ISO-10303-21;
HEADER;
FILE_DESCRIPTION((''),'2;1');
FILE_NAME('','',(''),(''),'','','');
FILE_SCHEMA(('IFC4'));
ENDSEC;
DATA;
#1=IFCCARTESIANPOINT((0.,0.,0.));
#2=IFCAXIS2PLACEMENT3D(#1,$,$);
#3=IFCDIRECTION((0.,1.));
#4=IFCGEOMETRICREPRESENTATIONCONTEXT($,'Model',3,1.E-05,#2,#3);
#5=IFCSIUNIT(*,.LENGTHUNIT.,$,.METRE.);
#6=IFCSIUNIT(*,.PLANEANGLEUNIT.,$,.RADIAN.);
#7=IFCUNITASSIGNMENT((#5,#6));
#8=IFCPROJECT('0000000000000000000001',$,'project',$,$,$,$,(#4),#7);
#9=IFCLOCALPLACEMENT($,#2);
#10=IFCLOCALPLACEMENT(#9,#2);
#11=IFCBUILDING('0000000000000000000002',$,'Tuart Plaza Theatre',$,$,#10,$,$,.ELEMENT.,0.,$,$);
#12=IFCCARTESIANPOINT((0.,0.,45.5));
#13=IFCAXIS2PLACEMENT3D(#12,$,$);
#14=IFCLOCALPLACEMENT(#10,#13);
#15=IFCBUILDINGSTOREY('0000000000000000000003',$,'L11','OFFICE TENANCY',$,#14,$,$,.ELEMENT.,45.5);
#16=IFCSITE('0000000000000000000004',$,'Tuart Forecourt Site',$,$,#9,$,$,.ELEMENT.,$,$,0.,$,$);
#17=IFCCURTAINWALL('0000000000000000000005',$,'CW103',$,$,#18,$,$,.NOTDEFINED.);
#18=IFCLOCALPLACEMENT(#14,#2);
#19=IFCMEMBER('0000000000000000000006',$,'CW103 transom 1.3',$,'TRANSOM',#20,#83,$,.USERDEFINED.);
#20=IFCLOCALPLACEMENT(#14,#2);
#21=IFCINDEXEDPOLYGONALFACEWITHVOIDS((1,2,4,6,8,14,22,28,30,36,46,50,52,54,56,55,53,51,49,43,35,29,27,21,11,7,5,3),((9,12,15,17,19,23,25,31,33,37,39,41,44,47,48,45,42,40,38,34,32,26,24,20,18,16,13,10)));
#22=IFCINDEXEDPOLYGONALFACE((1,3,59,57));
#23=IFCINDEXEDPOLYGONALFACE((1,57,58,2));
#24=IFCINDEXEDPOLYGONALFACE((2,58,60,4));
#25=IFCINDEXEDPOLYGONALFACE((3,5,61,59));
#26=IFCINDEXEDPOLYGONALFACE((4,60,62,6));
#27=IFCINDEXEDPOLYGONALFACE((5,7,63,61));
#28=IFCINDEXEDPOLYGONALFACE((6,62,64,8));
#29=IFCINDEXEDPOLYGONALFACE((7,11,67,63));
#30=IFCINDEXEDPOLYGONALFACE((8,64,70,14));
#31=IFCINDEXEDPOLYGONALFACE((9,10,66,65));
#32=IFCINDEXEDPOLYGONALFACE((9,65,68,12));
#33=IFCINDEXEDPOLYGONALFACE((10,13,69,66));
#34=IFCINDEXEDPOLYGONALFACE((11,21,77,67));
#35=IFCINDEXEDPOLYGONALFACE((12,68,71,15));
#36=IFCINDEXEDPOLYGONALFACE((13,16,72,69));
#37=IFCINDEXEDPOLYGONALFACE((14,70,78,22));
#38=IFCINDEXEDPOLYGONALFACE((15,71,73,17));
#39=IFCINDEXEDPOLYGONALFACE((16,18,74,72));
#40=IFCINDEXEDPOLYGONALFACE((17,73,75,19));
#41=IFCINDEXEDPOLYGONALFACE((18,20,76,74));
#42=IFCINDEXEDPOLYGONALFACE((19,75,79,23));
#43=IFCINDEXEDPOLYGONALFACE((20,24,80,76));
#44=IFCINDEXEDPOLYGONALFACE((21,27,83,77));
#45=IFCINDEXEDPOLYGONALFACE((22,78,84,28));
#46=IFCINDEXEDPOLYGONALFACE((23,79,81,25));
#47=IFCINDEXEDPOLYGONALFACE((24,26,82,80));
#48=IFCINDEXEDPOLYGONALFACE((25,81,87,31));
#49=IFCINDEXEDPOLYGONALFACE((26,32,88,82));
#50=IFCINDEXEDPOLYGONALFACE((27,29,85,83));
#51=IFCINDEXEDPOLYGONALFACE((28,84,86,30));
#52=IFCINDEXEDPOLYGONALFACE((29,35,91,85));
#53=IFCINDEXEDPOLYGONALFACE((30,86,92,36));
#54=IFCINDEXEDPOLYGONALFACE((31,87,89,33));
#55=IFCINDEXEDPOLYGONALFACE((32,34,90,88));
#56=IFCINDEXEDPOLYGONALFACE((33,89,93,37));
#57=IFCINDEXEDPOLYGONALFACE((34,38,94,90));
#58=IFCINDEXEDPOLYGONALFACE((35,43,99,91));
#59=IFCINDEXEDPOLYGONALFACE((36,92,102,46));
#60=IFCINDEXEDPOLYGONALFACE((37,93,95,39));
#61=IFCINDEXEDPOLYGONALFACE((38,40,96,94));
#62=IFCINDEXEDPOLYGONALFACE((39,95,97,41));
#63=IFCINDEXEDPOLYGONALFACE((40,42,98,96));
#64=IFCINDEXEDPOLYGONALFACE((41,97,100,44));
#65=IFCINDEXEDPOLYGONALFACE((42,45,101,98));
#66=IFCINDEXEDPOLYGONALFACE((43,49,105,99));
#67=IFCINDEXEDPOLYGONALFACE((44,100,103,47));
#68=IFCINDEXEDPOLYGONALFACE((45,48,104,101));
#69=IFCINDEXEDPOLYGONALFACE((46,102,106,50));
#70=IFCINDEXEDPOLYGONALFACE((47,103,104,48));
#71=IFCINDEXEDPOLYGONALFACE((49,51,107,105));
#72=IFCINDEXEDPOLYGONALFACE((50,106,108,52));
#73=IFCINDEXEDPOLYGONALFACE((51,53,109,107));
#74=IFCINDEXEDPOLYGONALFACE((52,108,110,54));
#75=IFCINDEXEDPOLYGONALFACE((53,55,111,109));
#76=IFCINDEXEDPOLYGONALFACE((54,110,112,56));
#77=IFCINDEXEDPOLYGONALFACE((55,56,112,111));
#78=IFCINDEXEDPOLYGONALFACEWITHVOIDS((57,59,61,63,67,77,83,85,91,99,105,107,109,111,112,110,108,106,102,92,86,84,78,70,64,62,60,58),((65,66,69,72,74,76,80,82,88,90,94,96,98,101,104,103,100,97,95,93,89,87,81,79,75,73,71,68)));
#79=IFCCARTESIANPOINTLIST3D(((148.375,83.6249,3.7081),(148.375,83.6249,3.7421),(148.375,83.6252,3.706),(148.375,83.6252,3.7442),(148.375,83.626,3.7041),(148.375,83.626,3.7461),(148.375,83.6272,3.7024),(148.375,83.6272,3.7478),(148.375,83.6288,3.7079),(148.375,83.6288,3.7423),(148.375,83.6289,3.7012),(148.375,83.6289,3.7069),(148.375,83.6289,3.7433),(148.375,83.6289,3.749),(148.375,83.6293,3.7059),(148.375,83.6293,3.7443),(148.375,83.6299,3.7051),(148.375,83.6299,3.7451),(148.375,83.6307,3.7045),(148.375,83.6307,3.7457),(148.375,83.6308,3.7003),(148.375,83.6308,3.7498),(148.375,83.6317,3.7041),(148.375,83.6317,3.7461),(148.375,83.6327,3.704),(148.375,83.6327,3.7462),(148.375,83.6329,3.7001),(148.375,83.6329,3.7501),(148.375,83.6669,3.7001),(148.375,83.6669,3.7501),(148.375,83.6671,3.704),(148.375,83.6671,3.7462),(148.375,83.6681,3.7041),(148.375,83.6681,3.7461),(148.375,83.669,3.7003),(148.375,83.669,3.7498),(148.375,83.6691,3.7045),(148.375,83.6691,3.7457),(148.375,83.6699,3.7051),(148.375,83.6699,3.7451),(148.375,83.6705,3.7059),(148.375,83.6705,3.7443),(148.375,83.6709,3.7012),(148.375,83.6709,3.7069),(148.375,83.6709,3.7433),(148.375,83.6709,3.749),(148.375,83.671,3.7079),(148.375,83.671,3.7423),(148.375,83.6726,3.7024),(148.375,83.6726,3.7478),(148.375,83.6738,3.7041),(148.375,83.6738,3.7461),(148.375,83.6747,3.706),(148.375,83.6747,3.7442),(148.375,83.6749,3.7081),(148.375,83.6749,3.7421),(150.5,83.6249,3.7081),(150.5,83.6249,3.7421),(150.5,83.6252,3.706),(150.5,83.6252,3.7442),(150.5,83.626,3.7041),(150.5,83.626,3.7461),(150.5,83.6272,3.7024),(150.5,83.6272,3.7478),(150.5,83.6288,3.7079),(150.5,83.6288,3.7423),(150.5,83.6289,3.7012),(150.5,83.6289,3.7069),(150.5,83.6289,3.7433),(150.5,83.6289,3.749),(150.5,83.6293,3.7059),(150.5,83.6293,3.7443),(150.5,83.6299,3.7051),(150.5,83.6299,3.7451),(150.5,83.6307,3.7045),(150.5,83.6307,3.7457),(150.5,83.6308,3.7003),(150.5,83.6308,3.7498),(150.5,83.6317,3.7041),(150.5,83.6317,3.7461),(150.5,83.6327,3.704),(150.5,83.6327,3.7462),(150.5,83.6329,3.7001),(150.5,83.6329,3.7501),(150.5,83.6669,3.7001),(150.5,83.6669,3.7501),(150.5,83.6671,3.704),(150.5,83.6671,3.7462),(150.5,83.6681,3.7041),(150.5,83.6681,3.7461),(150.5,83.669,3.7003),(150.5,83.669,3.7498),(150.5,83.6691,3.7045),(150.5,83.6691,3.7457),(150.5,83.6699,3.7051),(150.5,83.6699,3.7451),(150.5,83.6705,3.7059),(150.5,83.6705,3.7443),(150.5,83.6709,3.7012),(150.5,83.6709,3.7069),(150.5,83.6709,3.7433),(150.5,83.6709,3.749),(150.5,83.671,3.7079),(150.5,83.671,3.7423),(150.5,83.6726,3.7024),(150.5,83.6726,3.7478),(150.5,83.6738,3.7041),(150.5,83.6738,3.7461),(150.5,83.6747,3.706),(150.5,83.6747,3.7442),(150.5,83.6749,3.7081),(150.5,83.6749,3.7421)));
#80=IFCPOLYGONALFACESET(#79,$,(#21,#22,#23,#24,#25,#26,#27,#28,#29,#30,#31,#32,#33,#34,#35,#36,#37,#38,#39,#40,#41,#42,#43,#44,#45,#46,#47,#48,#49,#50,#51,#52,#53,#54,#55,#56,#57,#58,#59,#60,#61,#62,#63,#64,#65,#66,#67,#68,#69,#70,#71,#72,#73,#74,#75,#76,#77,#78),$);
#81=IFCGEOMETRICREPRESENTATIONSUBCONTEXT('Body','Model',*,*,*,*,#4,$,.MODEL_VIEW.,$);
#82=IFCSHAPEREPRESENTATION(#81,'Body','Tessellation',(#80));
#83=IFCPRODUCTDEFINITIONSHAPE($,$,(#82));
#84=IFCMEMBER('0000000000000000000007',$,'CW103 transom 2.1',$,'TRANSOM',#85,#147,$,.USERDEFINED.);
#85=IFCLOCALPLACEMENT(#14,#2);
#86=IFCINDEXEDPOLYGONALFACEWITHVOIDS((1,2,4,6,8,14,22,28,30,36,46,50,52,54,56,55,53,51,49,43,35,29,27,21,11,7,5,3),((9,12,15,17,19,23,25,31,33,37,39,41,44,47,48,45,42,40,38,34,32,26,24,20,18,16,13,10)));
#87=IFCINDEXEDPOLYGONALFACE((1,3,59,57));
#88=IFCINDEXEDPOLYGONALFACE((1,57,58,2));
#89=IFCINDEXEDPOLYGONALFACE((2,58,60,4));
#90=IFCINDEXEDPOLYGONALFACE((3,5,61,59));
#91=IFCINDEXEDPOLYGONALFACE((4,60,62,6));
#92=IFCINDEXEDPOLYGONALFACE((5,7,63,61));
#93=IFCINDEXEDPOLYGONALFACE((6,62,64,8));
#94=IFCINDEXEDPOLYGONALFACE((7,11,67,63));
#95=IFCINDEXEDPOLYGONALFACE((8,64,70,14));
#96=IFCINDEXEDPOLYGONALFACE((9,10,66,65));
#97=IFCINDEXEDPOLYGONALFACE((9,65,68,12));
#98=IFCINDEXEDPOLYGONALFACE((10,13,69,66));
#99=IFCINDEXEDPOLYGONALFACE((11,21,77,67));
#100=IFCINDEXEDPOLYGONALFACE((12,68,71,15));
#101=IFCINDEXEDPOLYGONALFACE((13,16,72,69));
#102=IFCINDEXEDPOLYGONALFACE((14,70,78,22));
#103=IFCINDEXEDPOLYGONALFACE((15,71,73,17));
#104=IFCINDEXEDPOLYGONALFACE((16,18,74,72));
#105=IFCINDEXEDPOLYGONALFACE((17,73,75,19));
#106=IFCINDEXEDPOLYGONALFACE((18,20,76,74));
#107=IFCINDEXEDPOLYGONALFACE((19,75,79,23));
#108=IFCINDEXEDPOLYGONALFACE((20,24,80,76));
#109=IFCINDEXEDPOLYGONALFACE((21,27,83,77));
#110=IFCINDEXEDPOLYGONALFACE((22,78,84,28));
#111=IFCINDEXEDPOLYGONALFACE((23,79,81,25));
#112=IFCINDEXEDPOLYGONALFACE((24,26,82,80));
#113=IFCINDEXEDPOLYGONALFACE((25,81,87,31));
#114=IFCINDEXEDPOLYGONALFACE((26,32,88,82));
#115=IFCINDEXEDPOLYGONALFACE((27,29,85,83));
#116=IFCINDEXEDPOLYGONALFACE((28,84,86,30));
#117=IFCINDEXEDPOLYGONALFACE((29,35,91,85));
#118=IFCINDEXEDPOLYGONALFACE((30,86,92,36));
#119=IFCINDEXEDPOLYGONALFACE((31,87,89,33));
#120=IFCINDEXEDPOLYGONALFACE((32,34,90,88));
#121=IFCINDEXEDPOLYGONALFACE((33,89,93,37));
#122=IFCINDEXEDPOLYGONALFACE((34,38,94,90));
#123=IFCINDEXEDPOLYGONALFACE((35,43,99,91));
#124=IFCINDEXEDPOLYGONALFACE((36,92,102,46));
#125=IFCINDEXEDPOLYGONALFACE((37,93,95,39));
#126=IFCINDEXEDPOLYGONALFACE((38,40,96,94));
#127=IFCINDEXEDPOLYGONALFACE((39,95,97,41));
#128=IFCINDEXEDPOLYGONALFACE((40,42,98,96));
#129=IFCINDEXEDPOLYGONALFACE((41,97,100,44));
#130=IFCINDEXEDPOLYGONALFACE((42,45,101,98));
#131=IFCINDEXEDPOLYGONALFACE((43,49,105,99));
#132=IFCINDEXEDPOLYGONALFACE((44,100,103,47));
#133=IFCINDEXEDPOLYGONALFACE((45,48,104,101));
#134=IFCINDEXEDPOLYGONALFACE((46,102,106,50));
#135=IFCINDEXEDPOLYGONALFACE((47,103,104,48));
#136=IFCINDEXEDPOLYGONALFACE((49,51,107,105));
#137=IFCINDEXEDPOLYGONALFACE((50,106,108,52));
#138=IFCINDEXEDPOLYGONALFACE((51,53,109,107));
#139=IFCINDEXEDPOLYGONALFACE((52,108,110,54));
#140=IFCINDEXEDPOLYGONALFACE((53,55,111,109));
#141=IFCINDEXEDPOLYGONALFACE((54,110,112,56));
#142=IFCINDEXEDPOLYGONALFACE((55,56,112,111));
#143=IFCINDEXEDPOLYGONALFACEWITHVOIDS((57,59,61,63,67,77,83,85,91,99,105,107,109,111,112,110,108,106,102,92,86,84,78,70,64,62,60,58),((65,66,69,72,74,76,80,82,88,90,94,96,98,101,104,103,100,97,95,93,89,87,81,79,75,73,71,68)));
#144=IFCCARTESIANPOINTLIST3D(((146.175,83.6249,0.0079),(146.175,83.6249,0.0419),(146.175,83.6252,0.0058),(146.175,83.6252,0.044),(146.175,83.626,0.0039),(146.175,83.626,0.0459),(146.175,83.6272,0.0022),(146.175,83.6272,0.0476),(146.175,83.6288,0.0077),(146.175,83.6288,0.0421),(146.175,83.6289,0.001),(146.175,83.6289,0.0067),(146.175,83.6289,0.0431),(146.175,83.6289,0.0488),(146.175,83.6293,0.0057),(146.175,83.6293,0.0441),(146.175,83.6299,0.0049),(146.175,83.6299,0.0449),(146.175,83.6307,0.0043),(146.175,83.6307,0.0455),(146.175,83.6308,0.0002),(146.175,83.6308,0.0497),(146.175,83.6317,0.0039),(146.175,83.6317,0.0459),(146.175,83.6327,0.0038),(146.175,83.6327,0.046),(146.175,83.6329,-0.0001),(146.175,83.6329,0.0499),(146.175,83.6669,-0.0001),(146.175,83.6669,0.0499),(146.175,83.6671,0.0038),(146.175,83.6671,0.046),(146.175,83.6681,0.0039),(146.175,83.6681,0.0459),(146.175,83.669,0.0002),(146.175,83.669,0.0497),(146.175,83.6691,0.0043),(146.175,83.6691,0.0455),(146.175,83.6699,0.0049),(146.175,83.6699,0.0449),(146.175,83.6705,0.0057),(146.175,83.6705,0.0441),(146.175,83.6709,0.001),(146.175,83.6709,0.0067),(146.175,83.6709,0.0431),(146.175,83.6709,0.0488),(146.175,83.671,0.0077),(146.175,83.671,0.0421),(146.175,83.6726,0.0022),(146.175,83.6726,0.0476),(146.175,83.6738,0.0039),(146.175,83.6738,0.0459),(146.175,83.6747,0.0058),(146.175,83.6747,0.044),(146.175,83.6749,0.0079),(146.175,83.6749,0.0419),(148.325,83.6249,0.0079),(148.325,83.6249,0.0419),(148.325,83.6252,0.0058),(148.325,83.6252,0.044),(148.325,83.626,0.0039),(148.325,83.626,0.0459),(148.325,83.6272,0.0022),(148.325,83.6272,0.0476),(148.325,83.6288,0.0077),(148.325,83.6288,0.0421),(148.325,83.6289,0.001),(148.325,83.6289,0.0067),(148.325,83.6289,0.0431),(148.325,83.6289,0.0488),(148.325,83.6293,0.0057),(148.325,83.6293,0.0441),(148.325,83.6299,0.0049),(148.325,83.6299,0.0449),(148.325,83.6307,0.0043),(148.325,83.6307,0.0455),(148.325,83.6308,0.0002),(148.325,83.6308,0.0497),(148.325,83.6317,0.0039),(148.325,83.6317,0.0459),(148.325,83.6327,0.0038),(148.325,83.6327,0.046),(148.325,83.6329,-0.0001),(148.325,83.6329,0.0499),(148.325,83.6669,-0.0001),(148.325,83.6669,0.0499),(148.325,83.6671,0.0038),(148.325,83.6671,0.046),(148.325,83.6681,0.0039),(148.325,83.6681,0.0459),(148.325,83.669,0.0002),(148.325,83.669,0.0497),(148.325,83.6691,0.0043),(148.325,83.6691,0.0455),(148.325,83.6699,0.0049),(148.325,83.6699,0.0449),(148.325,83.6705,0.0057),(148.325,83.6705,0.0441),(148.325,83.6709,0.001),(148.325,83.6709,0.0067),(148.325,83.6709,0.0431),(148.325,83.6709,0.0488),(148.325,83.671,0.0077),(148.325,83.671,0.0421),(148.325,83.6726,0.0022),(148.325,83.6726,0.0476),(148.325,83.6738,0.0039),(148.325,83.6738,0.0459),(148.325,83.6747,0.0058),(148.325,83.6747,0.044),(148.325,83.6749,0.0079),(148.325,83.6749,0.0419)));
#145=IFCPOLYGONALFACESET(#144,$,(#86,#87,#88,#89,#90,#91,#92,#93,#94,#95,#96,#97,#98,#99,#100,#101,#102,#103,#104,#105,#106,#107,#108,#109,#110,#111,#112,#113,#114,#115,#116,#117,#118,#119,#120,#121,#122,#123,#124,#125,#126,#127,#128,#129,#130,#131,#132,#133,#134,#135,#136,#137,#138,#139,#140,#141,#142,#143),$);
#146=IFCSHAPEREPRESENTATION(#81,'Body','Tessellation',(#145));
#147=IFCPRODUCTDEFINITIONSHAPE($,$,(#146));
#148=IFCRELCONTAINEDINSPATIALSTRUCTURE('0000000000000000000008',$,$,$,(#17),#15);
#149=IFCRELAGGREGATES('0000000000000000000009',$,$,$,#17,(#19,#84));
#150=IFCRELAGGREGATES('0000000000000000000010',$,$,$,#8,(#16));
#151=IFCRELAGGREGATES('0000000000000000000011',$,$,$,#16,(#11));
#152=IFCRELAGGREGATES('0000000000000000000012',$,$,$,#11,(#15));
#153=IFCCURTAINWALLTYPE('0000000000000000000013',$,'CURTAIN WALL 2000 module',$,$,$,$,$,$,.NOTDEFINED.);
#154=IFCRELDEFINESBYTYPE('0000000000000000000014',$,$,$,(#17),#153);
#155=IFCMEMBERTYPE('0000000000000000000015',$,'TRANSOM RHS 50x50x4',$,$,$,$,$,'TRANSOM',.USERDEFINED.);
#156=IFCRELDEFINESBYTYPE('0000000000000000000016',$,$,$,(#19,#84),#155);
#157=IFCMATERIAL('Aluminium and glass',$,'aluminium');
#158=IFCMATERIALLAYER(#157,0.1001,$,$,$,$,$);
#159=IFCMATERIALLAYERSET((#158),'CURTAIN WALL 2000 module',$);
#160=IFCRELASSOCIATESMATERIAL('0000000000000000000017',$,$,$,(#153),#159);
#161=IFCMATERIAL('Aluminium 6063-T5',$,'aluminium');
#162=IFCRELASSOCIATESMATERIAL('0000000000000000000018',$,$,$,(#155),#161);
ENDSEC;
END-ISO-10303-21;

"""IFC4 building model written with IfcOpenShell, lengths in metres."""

from ifc_helpers import new_model, si_unit, direction, frame, origin, origin_2d, place, context, subcontext, project, spatial, hollow_rectangle, extrude, material, layer, layer_set, material_profile, profile_set, type_object, element, aggregate, save


model = new_model("IFC4")

# Units and contexts
model_context = context("Model", 3, precision=1e-05, world=origin(), true_north=direction((0.0, 1.0)))
body_context = subcontext(model_context, "Body", "Model", "MODEL_VIEW")
ifc_project = project(units=[si_unit("LENGTHUNIT", "METRE"), si_unit("PLANEANGLEUNIT", "RADIAN")], contexts=[model_context])

# Site, building, storey
site_placement = place(None, origin())
site = spatial("IfcSite", under=ifc_project, at=site_placement, Name="Tuart Forecourt Site", CompositionType="ELEMENT", RefElevation=0.0)
building_placement = place(site_placement, origin())
building = spatial("IfcBuilding", under=site, at=building_placement, Name="Tuart Plaza Theatre", CompositionType="ELEMENT", ElevationOfRefHeight=0.0)
storey_placement = place(building_placement, frame((0.0, 0.0, 45.5)))
storey = spatial("IfcBuildingStorey", under=building, at=storey_placement, Name="L11", Description="OFFICE TENANCY", CompositionType="ELEMENT", Elevation=45.5)

# Shared definitions
ifc_material_1 = material(Name="Aluminium and glass", Category="aluminium")
ifc_layer_1 = layer(ifc_material_1, 0.1001)
ifc_layer_set_1 = layer_set([ifc_layer_1], Name="CURTAIN WALL 2000 module")
curtain_wall_type = type_object("IfcCurtainWallType", Name="CURTAIN WALL 2000 module", PredefinedType="NOTDEFINED", material=ifc_layer_set_1)

# Curtain wall, members
curtain_wall_1_placement = place(storey_placement, origin())
curtain_wall_1 = element("IfcCurtainWall", 1, at=curtain_wall_1_placement, inside=storey, type_object=curtain_wall_type, Name="CW103", PredefinedType="NOTDEFINED")
ifc_material_2 = material(Name="Aluminium 6063-T5", Category="aluminium")
ifc_material_profile_1 = material_profile(ifc_material_2, hollow_rectangle(XDim=0.05, YDim=0.05, WallThickness=0.0039, InnerFilletRadius=0.0039, OuterFilletRadius=0.0081, at=origin_2d()), Name="RHS 50x50x4")
ifc_profile_set_1 = profile_set([ifc_material_profile_1], Name="Aluminium 6063-T5")
member_type_1 = type_object("IfcMemberType", Name="TRANSOM RHS 50x50x4", ElementType="TRANSOM", PredefinedType="USERDEFINED", material=ifc_profile_set_1)
member_1_placement = place(storey_placement, frame((150.5, 83.6499, 3.7251), z_axis=(-1.0, 0.0, 0.0), x_axis=(0.0, -1.0, 0.0)))
member_1 = element("IfcMember", 2, at=member_1_placement, type_object=member_type_1, Name="CW103 transom 1.3", ObjectType="TRANSOM", PredefinedType="USERDEFINED", context=body_context, shape_type="SweptSolid", body=[
    extrude(hollow_rectangle(XDim=0.05, YDim=0.05, WallThickness=0.0039, InnerFilletRadius=0.0039, OuterFilletRadius=0.0081, at=origin_2d()), origin(), (0.0, 0.0, 1.0), 2.125),
])
member_2_placement = place(storey_placement, frame((148.325, 83.6499, 0.0249), z_axis=(-1.0, 0.0, 0.0), x_axis=(0.0, -1.0, 0.0)))
member_2 = element("IfcMember", 3, at=member_2_placement, type_object=member_type_1, Name="CW103 transom 2.1", ObjectType="TRANSOM", PredefinedType="USERDEFINED", context=body_context, shape_type="SweptSolid", body=[
    extrude(hollow_rectangle(XDim=0.05, YDim=0.05, WallThickness=0.0039, InnerFilletRadius=0.0039, OuterFilletRadius=0.0081, at=origin_2d()), origin(), (0.0, 0.0, 1.0), 2.1499),
])

aggregate(curtain_wall_1, [member_1, member_2])

save(model, "model.ifc")
